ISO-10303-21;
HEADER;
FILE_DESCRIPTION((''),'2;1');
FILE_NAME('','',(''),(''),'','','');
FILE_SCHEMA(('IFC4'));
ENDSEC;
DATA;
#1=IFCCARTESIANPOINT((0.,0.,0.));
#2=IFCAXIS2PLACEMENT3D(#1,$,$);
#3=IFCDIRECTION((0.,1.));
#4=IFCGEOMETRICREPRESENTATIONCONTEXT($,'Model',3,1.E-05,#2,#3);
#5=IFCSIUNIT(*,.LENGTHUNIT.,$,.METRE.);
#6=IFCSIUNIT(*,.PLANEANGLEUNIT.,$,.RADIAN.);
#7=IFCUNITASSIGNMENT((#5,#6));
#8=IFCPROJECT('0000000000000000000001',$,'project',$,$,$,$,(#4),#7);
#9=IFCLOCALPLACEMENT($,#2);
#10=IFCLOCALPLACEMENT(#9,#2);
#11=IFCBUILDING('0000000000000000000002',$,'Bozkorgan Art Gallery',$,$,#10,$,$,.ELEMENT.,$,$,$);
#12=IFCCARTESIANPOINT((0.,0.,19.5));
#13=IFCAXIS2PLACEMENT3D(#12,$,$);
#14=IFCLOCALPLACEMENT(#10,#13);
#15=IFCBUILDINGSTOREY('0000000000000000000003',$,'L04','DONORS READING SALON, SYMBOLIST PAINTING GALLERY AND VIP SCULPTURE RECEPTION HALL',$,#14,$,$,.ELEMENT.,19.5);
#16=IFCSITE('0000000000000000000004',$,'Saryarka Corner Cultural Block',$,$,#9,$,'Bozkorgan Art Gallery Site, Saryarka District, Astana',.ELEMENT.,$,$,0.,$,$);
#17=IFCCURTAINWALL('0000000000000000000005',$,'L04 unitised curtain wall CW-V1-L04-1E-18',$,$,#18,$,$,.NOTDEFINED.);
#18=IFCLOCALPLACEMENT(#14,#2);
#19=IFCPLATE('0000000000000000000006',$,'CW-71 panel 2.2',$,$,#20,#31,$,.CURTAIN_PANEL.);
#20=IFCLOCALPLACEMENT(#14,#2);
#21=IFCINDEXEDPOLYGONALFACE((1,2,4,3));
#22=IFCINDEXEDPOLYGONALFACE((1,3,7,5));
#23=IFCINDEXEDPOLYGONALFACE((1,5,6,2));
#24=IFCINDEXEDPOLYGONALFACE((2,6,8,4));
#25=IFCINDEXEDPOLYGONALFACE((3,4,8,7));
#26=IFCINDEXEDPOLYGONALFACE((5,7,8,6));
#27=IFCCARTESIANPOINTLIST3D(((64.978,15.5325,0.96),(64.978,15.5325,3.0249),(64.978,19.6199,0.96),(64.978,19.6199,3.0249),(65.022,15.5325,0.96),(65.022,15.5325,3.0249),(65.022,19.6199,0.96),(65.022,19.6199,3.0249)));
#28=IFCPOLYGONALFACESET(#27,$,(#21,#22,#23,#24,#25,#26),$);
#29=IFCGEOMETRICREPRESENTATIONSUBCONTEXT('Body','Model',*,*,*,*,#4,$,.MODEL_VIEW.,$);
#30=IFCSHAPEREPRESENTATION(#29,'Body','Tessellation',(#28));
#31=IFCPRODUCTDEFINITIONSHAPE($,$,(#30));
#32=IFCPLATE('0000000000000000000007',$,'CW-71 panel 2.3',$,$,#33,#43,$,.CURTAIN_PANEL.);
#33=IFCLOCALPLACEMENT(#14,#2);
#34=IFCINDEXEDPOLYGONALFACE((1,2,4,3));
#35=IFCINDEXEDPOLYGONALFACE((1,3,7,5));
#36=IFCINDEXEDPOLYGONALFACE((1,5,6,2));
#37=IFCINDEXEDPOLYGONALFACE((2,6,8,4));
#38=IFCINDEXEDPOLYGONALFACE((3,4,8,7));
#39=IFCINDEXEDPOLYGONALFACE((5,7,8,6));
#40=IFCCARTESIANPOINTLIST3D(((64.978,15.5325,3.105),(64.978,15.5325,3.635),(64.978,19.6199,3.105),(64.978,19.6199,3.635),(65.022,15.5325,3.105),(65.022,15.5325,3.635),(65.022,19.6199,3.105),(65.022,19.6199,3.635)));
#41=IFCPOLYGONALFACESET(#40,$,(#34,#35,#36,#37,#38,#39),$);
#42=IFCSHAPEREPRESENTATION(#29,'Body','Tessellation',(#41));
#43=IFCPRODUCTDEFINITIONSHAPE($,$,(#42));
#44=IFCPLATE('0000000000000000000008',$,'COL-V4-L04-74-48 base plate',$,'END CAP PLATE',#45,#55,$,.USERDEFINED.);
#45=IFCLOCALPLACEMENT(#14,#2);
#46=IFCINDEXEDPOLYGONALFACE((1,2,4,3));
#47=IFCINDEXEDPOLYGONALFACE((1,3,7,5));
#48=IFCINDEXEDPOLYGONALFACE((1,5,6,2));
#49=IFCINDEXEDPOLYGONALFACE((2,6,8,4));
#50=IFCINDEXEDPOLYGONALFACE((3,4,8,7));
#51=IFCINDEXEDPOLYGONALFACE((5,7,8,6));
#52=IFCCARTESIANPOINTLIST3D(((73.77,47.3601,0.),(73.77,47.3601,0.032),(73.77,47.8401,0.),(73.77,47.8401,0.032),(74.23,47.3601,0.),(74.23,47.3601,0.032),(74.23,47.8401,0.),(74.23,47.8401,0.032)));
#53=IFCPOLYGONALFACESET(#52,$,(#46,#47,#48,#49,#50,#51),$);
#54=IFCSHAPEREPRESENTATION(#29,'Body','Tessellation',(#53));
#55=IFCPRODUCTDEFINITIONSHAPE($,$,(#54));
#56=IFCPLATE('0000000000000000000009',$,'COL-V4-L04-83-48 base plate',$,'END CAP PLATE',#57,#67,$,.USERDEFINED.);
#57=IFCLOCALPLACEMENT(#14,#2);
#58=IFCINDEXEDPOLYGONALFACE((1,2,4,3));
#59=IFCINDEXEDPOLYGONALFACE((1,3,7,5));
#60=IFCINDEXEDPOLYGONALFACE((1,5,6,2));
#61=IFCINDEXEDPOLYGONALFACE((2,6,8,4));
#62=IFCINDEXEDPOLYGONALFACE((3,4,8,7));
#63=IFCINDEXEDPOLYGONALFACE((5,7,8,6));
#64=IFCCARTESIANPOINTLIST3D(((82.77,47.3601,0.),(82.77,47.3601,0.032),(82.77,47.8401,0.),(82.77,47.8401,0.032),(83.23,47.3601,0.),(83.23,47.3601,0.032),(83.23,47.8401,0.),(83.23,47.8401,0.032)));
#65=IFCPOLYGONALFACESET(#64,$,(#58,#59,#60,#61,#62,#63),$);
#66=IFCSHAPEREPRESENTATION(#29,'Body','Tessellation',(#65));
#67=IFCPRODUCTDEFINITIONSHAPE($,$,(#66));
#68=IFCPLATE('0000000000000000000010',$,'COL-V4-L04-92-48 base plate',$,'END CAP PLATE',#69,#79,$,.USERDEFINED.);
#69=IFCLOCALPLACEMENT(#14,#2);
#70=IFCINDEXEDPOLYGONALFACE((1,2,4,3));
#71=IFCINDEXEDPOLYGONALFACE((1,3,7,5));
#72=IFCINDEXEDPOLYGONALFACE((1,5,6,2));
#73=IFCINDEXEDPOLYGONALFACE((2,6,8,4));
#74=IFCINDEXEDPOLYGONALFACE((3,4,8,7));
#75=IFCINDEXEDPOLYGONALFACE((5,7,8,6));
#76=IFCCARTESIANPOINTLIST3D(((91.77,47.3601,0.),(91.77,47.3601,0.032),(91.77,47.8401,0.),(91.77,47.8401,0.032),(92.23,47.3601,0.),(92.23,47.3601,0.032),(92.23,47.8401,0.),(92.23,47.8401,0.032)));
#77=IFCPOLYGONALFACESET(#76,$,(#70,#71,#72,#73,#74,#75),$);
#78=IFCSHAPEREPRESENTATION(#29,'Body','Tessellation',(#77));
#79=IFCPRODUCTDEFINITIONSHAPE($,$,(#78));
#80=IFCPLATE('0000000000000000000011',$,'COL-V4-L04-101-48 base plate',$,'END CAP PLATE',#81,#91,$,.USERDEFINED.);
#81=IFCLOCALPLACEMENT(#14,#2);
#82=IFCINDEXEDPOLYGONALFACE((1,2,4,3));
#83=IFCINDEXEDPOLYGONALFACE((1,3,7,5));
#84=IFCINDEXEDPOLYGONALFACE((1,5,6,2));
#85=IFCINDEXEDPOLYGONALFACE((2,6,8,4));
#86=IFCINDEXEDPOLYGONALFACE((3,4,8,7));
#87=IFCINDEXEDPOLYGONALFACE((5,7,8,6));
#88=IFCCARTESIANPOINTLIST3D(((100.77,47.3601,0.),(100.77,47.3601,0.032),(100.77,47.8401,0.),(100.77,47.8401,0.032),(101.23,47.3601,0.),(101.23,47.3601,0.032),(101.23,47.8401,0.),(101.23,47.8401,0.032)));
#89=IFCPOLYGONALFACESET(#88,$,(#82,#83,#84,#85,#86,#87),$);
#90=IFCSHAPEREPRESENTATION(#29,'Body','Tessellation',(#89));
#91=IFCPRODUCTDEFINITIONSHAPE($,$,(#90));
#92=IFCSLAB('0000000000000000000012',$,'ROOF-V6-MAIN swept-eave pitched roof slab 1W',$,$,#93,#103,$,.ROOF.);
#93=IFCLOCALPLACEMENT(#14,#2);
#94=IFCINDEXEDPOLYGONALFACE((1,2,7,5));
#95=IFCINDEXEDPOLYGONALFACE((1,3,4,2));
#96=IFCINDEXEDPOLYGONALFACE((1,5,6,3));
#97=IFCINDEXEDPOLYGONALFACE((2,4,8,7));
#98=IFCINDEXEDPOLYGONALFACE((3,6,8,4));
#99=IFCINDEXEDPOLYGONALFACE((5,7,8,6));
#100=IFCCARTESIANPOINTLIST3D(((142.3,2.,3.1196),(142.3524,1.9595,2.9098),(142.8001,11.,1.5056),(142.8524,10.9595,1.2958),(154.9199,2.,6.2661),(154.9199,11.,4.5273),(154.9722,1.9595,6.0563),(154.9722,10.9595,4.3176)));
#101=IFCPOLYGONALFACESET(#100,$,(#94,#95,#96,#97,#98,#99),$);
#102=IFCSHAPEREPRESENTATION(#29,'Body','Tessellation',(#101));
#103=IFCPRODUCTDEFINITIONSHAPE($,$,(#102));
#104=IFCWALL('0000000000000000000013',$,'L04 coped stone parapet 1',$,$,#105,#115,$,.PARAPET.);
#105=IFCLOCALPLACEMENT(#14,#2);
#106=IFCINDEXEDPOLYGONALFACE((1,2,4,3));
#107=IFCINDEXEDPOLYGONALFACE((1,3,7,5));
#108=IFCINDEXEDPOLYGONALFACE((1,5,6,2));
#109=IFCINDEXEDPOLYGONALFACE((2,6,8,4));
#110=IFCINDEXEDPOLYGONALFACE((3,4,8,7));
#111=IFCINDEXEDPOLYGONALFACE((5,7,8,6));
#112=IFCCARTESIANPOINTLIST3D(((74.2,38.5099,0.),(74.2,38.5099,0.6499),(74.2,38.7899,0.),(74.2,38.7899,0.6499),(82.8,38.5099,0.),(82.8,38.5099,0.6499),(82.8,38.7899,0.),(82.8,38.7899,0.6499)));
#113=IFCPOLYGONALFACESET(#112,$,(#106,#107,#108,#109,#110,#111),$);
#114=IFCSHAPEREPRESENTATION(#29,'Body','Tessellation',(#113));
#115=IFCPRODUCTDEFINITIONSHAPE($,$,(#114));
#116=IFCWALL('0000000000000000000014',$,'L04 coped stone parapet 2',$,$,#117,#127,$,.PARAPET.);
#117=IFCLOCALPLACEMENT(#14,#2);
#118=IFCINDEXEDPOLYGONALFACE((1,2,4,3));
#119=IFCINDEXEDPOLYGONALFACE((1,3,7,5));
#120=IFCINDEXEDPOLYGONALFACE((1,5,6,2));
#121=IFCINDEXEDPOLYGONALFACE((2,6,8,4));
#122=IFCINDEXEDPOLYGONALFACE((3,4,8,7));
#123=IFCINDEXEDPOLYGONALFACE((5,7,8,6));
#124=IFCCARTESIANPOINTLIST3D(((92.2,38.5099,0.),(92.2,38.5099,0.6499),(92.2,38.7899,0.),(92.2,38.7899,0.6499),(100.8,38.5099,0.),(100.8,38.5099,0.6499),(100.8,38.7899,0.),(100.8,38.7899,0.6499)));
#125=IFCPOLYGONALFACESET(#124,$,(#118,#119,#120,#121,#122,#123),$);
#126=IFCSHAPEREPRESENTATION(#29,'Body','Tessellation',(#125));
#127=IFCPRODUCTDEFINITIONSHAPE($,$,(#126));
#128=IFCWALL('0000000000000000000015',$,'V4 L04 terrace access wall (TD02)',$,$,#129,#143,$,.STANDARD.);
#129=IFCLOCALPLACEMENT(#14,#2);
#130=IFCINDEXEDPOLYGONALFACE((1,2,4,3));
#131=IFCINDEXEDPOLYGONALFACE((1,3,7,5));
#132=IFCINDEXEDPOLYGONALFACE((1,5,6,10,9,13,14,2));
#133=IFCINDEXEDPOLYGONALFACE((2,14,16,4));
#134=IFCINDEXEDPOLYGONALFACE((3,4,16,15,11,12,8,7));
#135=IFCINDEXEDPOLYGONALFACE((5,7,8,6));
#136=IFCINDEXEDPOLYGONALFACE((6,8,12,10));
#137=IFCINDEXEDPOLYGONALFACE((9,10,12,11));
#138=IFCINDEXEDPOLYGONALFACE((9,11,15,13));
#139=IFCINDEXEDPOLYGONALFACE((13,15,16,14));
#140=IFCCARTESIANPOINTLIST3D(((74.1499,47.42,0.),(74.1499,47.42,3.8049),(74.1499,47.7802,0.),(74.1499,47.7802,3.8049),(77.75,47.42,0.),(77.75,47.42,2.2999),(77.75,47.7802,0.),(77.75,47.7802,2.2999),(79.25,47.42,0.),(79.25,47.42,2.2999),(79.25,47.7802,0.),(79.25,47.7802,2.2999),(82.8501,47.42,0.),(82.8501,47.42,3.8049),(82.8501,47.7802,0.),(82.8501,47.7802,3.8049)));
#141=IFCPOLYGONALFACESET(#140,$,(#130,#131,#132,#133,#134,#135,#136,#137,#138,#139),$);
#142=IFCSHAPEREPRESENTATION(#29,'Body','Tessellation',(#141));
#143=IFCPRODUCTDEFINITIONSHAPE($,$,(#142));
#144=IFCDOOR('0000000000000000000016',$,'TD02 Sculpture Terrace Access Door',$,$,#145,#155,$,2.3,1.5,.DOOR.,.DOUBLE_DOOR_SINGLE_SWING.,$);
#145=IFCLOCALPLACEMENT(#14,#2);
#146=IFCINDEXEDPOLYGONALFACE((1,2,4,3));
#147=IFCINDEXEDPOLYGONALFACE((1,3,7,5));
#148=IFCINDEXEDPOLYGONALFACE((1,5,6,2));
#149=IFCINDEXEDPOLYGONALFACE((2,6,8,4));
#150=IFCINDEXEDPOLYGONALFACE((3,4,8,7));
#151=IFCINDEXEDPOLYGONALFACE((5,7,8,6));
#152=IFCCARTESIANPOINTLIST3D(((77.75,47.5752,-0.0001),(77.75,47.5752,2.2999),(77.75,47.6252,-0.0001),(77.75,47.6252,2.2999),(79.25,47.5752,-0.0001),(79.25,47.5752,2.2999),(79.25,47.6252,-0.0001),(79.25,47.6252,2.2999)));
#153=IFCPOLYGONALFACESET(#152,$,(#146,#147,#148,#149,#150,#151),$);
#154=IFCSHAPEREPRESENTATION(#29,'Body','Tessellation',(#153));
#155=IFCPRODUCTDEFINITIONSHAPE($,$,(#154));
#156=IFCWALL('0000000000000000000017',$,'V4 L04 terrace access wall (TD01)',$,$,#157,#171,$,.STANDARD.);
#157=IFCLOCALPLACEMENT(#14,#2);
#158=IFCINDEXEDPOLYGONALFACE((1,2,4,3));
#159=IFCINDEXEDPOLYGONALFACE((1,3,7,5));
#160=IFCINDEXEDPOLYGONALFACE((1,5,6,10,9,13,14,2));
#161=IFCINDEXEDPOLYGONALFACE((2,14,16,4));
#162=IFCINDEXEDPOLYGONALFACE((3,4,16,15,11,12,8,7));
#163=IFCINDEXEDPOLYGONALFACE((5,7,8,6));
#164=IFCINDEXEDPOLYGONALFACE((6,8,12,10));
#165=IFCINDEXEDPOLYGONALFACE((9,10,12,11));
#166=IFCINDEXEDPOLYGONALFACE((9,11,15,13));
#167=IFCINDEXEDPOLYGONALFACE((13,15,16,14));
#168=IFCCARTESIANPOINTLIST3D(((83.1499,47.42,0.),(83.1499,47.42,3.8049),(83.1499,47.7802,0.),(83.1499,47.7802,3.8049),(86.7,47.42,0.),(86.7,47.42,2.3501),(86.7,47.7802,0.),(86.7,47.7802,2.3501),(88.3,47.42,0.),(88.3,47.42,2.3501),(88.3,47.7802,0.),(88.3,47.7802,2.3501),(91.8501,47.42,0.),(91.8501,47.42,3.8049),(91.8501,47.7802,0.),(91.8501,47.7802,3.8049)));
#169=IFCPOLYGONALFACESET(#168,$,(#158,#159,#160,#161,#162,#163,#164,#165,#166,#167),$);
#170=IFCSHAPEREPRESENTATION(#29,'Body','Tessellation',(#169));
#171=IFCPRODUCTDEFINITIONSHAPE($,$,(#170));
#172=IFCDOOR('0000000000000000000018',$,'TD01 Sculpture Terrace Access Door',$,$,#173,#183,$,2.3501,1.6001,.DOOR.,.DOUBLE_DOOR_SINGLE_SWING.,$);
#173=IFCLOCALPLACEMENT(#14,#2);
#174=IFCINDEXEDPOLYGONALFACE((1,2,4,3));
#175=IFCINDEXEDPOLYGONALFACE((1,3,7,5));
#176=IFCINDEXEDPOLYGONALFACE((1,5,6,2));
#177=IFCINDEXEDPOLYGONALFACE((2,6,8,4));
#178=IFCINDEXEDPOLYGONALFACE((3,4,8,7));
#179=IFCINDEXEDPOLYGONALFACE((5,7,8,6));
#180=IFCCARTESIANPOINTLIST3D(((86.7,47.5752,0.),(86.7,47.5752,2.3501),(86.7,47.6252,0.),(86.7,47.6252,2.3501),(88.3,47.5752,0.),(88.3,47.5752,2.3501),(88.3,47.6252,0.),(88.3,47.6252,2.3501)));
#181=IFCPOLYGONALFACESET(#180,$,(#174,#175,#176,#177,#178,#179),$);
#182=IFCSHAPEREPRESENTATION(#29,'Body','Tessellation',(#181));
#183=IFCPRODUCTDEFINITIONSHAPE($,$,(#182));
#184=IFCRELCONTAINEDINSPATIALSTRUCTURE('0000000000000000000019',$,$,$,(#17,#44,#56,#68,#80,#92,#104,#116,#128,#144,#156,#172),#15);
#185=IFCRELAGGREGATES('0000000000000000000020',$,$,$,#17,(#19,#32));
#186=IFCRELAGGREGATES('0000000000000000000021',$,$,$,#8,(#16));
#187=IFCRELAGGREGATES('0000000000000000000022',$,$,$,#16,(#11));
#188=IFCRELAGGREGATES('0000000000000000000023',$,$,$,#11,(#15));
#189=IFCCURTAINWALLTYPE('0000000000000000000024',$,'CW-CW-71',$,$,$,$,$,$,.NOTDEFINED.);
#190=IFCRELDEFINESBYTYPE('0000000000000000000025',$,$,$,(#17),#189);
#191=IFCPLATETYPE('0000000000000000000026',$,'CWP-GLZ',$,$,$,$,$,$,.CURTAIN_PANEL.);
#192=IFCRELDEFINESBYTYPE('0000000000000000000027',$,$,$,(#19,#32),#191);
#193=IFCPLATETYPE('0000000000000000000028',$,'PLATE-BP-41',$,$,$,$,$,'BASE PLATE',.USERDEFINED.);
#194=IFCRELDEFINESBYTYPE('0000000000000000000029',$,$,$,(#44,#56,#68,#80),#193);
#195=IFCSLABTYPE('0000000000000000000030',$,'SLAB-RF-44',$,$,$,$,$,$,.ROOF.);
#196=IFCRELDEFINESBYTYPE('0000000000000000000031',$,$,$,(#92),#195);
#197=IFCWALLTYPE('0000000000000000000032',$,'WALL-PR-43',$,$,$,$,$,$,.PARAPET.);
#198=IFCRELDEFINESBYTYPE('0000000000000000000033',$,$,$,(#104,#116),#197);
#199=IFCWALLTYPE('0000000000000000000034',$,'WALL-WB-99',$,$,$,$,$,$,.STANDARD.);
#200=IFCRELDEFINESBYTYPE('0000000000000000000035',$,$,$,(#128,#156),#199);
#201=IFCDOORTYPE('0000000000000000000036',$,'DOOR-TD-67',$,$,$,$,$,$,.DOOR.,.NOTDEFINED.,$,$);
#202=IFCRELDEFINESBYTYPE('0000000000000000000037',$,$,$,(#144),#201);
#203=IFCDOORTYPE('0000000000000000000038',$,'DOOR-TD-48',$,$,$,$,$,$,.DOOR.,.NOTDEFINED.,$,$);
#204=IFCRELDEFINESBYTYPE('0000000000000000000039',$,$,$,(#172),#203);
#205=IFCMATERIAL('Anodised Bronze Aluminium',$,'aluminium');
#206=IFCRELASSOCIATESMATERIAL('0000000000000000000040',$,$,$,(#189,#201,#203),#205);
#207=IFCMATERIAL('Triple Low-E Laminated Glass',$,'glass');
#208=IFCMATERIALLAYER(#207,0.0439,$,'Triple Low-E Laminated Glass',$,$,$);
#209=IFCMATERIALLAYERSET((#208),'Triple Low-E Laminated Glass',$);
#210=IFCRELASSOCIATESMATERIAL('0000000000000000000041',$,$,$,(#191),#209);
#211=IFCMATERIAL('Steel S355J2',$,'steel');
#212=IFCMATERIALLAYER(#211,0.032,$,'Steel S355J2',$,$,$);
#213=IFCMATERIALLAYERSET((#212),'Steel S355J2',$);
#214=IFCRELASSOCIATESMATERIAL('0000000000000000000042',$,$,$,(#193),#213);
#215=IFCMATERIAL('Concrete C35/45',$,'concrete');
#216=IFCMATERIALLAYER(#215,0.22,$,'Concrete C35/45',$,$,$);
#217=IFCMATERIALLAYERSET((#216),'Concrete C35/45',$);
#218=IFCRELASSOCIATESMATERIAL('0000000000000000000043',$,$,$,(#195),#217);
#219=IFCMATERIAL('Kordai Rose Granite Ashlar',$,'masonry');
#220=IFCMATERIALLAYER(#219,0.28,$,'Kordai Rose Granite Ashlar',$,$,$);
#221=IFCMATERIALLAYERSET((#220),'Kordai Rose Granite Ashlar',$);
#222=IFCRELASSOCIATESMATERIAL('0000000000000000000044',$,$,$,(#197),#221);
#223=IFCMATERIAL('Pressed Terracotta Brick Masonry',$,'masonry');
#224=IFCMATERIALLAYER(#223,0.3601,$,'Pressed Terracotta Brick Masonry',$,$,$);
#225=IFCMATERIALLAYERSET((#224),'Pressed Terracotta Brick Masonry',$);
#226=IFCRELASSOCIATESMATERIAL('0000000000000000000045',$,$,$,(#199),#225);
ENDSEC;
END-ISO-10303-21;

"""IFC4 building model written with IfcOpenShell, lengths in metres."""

from ifc_helpers import new_model, si_unit, direction, frame, frame_2d, origin, origin_2d, place, context, subcontext, project, spatial, polyline, rectangle, outline, extrude, material, layer, layer_set, type_object, element, fill, aggregate, save


model = new_model("IFC4")

# Units and contexts
model_context = context("Model", 3, precision=1e-05, world=origin(), true_north=direction((0.0, 1.0)))
body_context = subcontext(model_context, "Body", "Model", "MODEL_VIEW")
ifc_project = project(units=[si_unit("LENGTHUNIT", "METRE"), si_unit("PLANEANGLEUNIT", "RADIAN")], contexts=[model_context])

# Site, building, storey
site_placement = place(None, origin())
site = spatial("IfcSite", under=ifc_project, at=site_placement, Name="Saryarka Corner Cultural Block", LongName="Bozkorgan Art Gallery Site, Saryarka District, Astana", CompositionType="ELEMENT", RefElevation=0.0)
building_placement = place(site_placement, origin())
building = spatial("IfcBuilding", under=site, at=building_placement, Name="Bozkorgan Art Gallery", CompositionType="ELEMENT")
storey_placement = place(building_placement, frame((0.0, 0.0, 19.5)))
storey = spatial("IfcBuildingStorey", under=building, at=storey_placement, Name="L04", Description="DONORS READING SALON, SYMBOLIST PAINTING GALLERY AND VIP SCULPTURE RECEPTION HALL", CompositionType="ELEMENT", Elevation=19.5)

# Shared definitions
ifc_material_1 = material(Name="Steel S355J2", Category="steel")

# Curtain wall, plates
ifc_material_2 = material(Name="Anodised Bronze Aluminium", Category="aluminium")
curtain_wall_type = type_object("IfcCurtainWallType", Name="CW-CW-71", PredefinedType="NOTDEFINED", material=ifc_material_2)
curtain_wall_placement = place(storey_placement, origin())
curtain_wall = element("IfcCurtainWall", 1, at=curtain_wall_placement, inside=storey, type_object=curtain_wall_type, Name="L04 unitised curtain wall CW-V1-L04-1E-18", PredefinedType="NOTDEFINED")
ifc_material_3 = material(Name="Triple Low-E Laminated Glass", Category="glass")
ifc_layer_1 = layer(ifc_material_3, 0.0439, Name="Triple Low-E Laminated Glass")
ifc_layer_set_1 = layer_set([ifc_layer_1], Name="Triple Low-E Laminated Glass")
plate_type_1 = type_object("IfcPlateType", Name="CWP-GLZ", PredefinedType="CURTAIN_PANEL", material=ifc_layer_set_1)
plate_1_placement = place(storey_placement, frame((65.0, 17.5762, 0.96), z_axis=(0.0, 0.0, 1.0), x_axis=(0.0, 1.0, 0.0)))
plate_1 = element("IfcPlate", 2, at=plate_1_placement, type_object=plate_type_1, Name="CW-71 panel 2.2", PredefinedType="CURTAIN_PANEL", context=body_context, shape_type="SweptSolid", body=[
    extrude(rectangle(XDim=4.0874, YDim=0.0439, at=origin_2d()), origin(), (0.0, 0.0, 1.0), 2.0649),
])
plate_2_placement = place(storey_placement, frame((65.0, 17.5762, 3.105), z_axis=(0.0, 0.0, 1.0), x_axis=(0.0, 1.0, 0.0)))
plate_2 = element("IfcPlate", 3, at=plate_2_placement, type_object=plate_type_1, Name="CW-71 panel 2.3", PredefinedType="CURTAIN_PANEL", context=body_context, shape_type="SweptSolid", body=[
    extrude(rectangle(XDim=4.0874, YDim=0.0439, at=origin_2d()), origin(), (0.0, 0.0, 1.0), 0.53),
])
aggregate(curtain_wall, [plate_1, plate_2])

# Plates
ifc_layer_2 = layer(ifc_material_1, 0.032, Name="Steel S355J2")
ifc_layer_set_2 = layer_set([ifc_layer_2], Name="Steel S355J2")
plate_type_2 = type_object("IfcPlateType", Name="PLATE-BP-41", ElementType="BASE PLATE", PredefinedType="USERDEFINED", material=ifc_layer_set_2)
for number, where, z_axis, x_axis, name in (
    (4, (74.0, 47.6001, 0.0), (0.0, 0.0, 1.0), (1.0, 0.0, 0.0), "COL-V4-L04-74-48 base plate"),
    (5, (83.0, 47.6001, 0.0), (0.0, 0.0, 1.0), (1.0, 0.0, 0.0), "COL-V4-L04-83-48 base plate"),
    (6, (92.0, 47.6001, 0.0), (0.0, 0.0, 1.0), (1.0, 0.0, 0.0), "COL-V4-L04-92-48 base plate"),
    (7, (101.0, 47.6001, 0.0), (0.0, 0.0, 1.0), (1.0, 0.0, 0.0), "COL-V4-L04-101-48 base plate"),
):
    element("IfcPlate", number, at=place(storey_placement, frame(where, z_axis=z_axis, x_axis=x_axis)), inside=storey, type_object=plate_type_2, Name=name, ObjectType="END CAP PLATE", PredefinedType="USERDEFINED", context=body_context, shape_type="SweptSolid", body=[
        extrude(rectangle(XDim=0.46, YDim=0.48, at=origin_2d()), origin(), (0.0, 0.0, 1.0), 0.032),
    ])

# Slab
ifc_material_4 = material(Name="Concrete C35/45", Category="concrete")
ifc_layer_3 = layer(ifc_material_4, 0.22, Name="Concrete C35/45")
ifc_layer_set_3 = layer_set([ifc_layer_3], Name="Concrete C35/45")
slab_type = type_object("IfcSlabType", Name="SLAB-RF-44", PredefinedType="ROOF", material=ifc_layer_set_3)
slab_placement = place(storey_placement, frame((142.3, 2.0, 3.1196), z_axis=(-0.237777, 0.184244, 0.953686), x_axis=(0.970297, -0.000001, 0.241918)))
element("IfcSlab", 8, at=slab_placement, inside=storey, type_object=slab_type, Name="ROOF-V6-MAIN swept-eave pitched roof slab 1W", PredefinedType="ROOF", context=body_context, shape_type="SweptSolid", body=[
    extrude(outline(polyline([(0.0, 0.0), (13.0062, 0.0), (12.5856, 9.1568), (0.0947, 9.1568), (0.0, 0.0)])), origin(), (0.0, 0.0, -1.0), 0.22),
])

# Walls
ifc_material_5 = material(Name="Kordai Rose Granite Ashlar", Category="masonry")
ifc_layer_4 = layer(ifc_material_5, 0.28, Name="Kordai Rose Granite Ashlar")
ifc_layer_set_4 = layer_set([ifc_layer_4], Name="Kordai Rose Granite Ashlar")
wall_type_1 = type_object("IfcWallType", Name="WALL-PR-43", PredefinedType="PARAPET", material=ifc_layer_set_4)
for number, where, z_axis, x_axis, name in (
    (9, (74.2, 38.6499, 0.0), (0.0, 0.0, 1.0), (1.0, 0.0, 0.0), "L04 coped stone parapet 1"),
    (10, (92.2, 38.6499, 0.0), (0.0, 0.0, 1.0), (1.0, 0.0, 0.0), "L04 coped stone parapet 2"),
):
    element("IfcWall", number, at=place(storey_placement, frame(where, z_axis=z_axis, x_axis=x_axis)), inside=storey, type_object=wall_type_1, Name=name, PredefinedType="PARAPET", context=body_context, shape_type="SweptSolid", body=[
        extrude(rectangle(XDim=8.6001, YDim=0.28, at=frame_2d((4.3, 0.0))), origin(), (0.0, 0.0, 1.0), 0.6499),
    ])

# Walls, openings, doors
ifc_material_6 = material(Name="Pressed Terracotta Brick Masonry", Category="masonry")
ifc_layer_5 = layer(ifc_material_6, 0.3601, Name="Pressed Terracotta Brick Masonry")
ifc_layer_set_5 = layer_set([ifc_layer_5], Name="Pressed Terracotta Brick Masonry")
wall_type_2 = type_object("IfcWallType", Name="WALL-WB-99", PredefinedType="STANDARD", material=ifc_layer_set_5)
wall_1_placement = place(storey_placement, frame((74.1499, 47.6001, 0.0), z_axis=(0.0, 0.0, 1.0), x_axis=(1.0, 0.0, 0.0)))
wall_1 = element("IfcWall", 11, at=wall_1_placement, inside=storey, type_object=wall_type_2, Name="V4 L04 terrace access wall (TD02)", PredefinedType="STANDARD", context=body_context, shape_type="SweptSolid", body=[
    extrude(rectangle(XDim=8.7002, YDim=0.3601, at=frame_2d((4.3501, 0.0))), origin(), (0.0, 0.0, 1.0), 3.8049),
])
opening_1_placement = place(wall_1_placement, frame((5.1001, 0.0, 0.0), z_axis=(0.0, 0.0, 1.0), x_axis=(-1.0, 0.0, 0.0)))
opening_1 = element("IfcOpeningElement", 12, at=opening_1_placement, cuts=wall_1, PredefinedType="OPENING", context=body_context, shape_type="SweptSolid", body=[
    extrude(rectangle(XDim=1.5, YDim=2.3, at=frame_2d((0.75, 1.1499))), frame((0.0, 0.1899, 0.0), z_axis=(0.0, -1.0, 0.0), x_axis=(1.0, 0.0, 0.0)), (0.0, 0.0, 1.0), 0.3801),
])
door_type_1 = type_object("IfcDoorType", Name="DOOR-TD-67", OperationType="NOTDEFINED", PredefinedType="DOOR", material=ifc_material_2)
door_1_placement = place(opening_1_placement, origin())
door_1 = element("IfcDoor", 13, at=door_1_placement, inside=storey, type_object=door_type_1, Name="TD02 Sculpture Terrace Access Door", OperationType="DOUBLE_DOOR_SINGLE_SWING", OverallHeight=2.3, OverallWidth=1.5, PredefinedType="DOOR", context=body_context, shape_type="SweptSolid", body=[
    extrude(rectangle(XDim=1.5, YDim=2.3, at=frame_2d((0.75, 1.1499))), frame((0.0, 0.0249, 0.0), z_axis=(0.0, -1.0, 0.0), x_axis=(1.0, 0.0, 0.0)), (0.0, 0.0, 1.0), 0.05),
])
fill(opening_1, door_1)
wall_2_placement = place(storey_placement, frame((83.1499, 47.6001, 0.0), z_axis=(0.0, 0.0, 1.0), x_axis=(1.0, 0.0, 0.0)))
wall_2 = element("IfcWall", 14, at=wall_2_placement, inside=storey, type_object=wall_type_2, Name="V4 L04 terrace access wall (TD01)", PredefinedType="STANDARD", context=body_context, shape_type="SweptSolid", body=[
    extrude(rectangle(XDim=8.7002, YDim=0.3601, at=frame_2d((4.3501, 0.0))), origin(), (0.0, 0.0, 1.0), 3.8049),
])
opening_2_placement = place(wall_2_placement, frame((5.1501, 0.0, 0.0), z_axis=(0.0, 0.0, 1.0), x_axis=(-1.0, 0.0, 0.0)))
opening_2 = element("IfcOpeningElement", 15, at=opening_2_placement, cuts=wall_2, PredefinedType="OPENING", context=body_context, shape_type="SweptSolid", body=[
    extrude(rectangle(XDim=1.6001, YDim=2.3501, at=frame_2d((0.8, 1.175))), frame((0.0, 0.1899, 0.0), z_axis=(0.0, -1.0, 0.0), x_axis=(1.0, 0.0, 0.0)), (0.0, 0.0, 1.0), 0.3801),
])
door_type_2 = type_object("IfcDoorType", Name="DOOR-TD-48", OperationType="NOTDEFINED", PredefinedType="DOOR", material=ifc_material_2)
door_2_placement = place(opening_2_placement, origin())
door_2 = element("IfcDoor", 16, at=door_2_placement, inside=storey, type_object=door_type_2, Name="TD01 Sculpture Terrace Access Door", OperationType="DOUBLE_DOOR_SINGLE_SWING", OverallHeight=2.3501, OverallWidth=1.6001, PredefinedType="DOOR", context=body_context, shape_type="SweptSolid", body=[
    extrude(rectangle(XDim=1.6001, YDim=2.3501, at=frame_2d((0.8, 1.175))), frame((0.0, 0.0249, 0.0), z_axis=(0.0, -1.0, 0.0), x_axis=(1.0, 0.0, 0.0)), (0.0, 0.0, 1.0), 0.05),
])
fill(opening_2, door_2)

save(model, "model.ifc")
